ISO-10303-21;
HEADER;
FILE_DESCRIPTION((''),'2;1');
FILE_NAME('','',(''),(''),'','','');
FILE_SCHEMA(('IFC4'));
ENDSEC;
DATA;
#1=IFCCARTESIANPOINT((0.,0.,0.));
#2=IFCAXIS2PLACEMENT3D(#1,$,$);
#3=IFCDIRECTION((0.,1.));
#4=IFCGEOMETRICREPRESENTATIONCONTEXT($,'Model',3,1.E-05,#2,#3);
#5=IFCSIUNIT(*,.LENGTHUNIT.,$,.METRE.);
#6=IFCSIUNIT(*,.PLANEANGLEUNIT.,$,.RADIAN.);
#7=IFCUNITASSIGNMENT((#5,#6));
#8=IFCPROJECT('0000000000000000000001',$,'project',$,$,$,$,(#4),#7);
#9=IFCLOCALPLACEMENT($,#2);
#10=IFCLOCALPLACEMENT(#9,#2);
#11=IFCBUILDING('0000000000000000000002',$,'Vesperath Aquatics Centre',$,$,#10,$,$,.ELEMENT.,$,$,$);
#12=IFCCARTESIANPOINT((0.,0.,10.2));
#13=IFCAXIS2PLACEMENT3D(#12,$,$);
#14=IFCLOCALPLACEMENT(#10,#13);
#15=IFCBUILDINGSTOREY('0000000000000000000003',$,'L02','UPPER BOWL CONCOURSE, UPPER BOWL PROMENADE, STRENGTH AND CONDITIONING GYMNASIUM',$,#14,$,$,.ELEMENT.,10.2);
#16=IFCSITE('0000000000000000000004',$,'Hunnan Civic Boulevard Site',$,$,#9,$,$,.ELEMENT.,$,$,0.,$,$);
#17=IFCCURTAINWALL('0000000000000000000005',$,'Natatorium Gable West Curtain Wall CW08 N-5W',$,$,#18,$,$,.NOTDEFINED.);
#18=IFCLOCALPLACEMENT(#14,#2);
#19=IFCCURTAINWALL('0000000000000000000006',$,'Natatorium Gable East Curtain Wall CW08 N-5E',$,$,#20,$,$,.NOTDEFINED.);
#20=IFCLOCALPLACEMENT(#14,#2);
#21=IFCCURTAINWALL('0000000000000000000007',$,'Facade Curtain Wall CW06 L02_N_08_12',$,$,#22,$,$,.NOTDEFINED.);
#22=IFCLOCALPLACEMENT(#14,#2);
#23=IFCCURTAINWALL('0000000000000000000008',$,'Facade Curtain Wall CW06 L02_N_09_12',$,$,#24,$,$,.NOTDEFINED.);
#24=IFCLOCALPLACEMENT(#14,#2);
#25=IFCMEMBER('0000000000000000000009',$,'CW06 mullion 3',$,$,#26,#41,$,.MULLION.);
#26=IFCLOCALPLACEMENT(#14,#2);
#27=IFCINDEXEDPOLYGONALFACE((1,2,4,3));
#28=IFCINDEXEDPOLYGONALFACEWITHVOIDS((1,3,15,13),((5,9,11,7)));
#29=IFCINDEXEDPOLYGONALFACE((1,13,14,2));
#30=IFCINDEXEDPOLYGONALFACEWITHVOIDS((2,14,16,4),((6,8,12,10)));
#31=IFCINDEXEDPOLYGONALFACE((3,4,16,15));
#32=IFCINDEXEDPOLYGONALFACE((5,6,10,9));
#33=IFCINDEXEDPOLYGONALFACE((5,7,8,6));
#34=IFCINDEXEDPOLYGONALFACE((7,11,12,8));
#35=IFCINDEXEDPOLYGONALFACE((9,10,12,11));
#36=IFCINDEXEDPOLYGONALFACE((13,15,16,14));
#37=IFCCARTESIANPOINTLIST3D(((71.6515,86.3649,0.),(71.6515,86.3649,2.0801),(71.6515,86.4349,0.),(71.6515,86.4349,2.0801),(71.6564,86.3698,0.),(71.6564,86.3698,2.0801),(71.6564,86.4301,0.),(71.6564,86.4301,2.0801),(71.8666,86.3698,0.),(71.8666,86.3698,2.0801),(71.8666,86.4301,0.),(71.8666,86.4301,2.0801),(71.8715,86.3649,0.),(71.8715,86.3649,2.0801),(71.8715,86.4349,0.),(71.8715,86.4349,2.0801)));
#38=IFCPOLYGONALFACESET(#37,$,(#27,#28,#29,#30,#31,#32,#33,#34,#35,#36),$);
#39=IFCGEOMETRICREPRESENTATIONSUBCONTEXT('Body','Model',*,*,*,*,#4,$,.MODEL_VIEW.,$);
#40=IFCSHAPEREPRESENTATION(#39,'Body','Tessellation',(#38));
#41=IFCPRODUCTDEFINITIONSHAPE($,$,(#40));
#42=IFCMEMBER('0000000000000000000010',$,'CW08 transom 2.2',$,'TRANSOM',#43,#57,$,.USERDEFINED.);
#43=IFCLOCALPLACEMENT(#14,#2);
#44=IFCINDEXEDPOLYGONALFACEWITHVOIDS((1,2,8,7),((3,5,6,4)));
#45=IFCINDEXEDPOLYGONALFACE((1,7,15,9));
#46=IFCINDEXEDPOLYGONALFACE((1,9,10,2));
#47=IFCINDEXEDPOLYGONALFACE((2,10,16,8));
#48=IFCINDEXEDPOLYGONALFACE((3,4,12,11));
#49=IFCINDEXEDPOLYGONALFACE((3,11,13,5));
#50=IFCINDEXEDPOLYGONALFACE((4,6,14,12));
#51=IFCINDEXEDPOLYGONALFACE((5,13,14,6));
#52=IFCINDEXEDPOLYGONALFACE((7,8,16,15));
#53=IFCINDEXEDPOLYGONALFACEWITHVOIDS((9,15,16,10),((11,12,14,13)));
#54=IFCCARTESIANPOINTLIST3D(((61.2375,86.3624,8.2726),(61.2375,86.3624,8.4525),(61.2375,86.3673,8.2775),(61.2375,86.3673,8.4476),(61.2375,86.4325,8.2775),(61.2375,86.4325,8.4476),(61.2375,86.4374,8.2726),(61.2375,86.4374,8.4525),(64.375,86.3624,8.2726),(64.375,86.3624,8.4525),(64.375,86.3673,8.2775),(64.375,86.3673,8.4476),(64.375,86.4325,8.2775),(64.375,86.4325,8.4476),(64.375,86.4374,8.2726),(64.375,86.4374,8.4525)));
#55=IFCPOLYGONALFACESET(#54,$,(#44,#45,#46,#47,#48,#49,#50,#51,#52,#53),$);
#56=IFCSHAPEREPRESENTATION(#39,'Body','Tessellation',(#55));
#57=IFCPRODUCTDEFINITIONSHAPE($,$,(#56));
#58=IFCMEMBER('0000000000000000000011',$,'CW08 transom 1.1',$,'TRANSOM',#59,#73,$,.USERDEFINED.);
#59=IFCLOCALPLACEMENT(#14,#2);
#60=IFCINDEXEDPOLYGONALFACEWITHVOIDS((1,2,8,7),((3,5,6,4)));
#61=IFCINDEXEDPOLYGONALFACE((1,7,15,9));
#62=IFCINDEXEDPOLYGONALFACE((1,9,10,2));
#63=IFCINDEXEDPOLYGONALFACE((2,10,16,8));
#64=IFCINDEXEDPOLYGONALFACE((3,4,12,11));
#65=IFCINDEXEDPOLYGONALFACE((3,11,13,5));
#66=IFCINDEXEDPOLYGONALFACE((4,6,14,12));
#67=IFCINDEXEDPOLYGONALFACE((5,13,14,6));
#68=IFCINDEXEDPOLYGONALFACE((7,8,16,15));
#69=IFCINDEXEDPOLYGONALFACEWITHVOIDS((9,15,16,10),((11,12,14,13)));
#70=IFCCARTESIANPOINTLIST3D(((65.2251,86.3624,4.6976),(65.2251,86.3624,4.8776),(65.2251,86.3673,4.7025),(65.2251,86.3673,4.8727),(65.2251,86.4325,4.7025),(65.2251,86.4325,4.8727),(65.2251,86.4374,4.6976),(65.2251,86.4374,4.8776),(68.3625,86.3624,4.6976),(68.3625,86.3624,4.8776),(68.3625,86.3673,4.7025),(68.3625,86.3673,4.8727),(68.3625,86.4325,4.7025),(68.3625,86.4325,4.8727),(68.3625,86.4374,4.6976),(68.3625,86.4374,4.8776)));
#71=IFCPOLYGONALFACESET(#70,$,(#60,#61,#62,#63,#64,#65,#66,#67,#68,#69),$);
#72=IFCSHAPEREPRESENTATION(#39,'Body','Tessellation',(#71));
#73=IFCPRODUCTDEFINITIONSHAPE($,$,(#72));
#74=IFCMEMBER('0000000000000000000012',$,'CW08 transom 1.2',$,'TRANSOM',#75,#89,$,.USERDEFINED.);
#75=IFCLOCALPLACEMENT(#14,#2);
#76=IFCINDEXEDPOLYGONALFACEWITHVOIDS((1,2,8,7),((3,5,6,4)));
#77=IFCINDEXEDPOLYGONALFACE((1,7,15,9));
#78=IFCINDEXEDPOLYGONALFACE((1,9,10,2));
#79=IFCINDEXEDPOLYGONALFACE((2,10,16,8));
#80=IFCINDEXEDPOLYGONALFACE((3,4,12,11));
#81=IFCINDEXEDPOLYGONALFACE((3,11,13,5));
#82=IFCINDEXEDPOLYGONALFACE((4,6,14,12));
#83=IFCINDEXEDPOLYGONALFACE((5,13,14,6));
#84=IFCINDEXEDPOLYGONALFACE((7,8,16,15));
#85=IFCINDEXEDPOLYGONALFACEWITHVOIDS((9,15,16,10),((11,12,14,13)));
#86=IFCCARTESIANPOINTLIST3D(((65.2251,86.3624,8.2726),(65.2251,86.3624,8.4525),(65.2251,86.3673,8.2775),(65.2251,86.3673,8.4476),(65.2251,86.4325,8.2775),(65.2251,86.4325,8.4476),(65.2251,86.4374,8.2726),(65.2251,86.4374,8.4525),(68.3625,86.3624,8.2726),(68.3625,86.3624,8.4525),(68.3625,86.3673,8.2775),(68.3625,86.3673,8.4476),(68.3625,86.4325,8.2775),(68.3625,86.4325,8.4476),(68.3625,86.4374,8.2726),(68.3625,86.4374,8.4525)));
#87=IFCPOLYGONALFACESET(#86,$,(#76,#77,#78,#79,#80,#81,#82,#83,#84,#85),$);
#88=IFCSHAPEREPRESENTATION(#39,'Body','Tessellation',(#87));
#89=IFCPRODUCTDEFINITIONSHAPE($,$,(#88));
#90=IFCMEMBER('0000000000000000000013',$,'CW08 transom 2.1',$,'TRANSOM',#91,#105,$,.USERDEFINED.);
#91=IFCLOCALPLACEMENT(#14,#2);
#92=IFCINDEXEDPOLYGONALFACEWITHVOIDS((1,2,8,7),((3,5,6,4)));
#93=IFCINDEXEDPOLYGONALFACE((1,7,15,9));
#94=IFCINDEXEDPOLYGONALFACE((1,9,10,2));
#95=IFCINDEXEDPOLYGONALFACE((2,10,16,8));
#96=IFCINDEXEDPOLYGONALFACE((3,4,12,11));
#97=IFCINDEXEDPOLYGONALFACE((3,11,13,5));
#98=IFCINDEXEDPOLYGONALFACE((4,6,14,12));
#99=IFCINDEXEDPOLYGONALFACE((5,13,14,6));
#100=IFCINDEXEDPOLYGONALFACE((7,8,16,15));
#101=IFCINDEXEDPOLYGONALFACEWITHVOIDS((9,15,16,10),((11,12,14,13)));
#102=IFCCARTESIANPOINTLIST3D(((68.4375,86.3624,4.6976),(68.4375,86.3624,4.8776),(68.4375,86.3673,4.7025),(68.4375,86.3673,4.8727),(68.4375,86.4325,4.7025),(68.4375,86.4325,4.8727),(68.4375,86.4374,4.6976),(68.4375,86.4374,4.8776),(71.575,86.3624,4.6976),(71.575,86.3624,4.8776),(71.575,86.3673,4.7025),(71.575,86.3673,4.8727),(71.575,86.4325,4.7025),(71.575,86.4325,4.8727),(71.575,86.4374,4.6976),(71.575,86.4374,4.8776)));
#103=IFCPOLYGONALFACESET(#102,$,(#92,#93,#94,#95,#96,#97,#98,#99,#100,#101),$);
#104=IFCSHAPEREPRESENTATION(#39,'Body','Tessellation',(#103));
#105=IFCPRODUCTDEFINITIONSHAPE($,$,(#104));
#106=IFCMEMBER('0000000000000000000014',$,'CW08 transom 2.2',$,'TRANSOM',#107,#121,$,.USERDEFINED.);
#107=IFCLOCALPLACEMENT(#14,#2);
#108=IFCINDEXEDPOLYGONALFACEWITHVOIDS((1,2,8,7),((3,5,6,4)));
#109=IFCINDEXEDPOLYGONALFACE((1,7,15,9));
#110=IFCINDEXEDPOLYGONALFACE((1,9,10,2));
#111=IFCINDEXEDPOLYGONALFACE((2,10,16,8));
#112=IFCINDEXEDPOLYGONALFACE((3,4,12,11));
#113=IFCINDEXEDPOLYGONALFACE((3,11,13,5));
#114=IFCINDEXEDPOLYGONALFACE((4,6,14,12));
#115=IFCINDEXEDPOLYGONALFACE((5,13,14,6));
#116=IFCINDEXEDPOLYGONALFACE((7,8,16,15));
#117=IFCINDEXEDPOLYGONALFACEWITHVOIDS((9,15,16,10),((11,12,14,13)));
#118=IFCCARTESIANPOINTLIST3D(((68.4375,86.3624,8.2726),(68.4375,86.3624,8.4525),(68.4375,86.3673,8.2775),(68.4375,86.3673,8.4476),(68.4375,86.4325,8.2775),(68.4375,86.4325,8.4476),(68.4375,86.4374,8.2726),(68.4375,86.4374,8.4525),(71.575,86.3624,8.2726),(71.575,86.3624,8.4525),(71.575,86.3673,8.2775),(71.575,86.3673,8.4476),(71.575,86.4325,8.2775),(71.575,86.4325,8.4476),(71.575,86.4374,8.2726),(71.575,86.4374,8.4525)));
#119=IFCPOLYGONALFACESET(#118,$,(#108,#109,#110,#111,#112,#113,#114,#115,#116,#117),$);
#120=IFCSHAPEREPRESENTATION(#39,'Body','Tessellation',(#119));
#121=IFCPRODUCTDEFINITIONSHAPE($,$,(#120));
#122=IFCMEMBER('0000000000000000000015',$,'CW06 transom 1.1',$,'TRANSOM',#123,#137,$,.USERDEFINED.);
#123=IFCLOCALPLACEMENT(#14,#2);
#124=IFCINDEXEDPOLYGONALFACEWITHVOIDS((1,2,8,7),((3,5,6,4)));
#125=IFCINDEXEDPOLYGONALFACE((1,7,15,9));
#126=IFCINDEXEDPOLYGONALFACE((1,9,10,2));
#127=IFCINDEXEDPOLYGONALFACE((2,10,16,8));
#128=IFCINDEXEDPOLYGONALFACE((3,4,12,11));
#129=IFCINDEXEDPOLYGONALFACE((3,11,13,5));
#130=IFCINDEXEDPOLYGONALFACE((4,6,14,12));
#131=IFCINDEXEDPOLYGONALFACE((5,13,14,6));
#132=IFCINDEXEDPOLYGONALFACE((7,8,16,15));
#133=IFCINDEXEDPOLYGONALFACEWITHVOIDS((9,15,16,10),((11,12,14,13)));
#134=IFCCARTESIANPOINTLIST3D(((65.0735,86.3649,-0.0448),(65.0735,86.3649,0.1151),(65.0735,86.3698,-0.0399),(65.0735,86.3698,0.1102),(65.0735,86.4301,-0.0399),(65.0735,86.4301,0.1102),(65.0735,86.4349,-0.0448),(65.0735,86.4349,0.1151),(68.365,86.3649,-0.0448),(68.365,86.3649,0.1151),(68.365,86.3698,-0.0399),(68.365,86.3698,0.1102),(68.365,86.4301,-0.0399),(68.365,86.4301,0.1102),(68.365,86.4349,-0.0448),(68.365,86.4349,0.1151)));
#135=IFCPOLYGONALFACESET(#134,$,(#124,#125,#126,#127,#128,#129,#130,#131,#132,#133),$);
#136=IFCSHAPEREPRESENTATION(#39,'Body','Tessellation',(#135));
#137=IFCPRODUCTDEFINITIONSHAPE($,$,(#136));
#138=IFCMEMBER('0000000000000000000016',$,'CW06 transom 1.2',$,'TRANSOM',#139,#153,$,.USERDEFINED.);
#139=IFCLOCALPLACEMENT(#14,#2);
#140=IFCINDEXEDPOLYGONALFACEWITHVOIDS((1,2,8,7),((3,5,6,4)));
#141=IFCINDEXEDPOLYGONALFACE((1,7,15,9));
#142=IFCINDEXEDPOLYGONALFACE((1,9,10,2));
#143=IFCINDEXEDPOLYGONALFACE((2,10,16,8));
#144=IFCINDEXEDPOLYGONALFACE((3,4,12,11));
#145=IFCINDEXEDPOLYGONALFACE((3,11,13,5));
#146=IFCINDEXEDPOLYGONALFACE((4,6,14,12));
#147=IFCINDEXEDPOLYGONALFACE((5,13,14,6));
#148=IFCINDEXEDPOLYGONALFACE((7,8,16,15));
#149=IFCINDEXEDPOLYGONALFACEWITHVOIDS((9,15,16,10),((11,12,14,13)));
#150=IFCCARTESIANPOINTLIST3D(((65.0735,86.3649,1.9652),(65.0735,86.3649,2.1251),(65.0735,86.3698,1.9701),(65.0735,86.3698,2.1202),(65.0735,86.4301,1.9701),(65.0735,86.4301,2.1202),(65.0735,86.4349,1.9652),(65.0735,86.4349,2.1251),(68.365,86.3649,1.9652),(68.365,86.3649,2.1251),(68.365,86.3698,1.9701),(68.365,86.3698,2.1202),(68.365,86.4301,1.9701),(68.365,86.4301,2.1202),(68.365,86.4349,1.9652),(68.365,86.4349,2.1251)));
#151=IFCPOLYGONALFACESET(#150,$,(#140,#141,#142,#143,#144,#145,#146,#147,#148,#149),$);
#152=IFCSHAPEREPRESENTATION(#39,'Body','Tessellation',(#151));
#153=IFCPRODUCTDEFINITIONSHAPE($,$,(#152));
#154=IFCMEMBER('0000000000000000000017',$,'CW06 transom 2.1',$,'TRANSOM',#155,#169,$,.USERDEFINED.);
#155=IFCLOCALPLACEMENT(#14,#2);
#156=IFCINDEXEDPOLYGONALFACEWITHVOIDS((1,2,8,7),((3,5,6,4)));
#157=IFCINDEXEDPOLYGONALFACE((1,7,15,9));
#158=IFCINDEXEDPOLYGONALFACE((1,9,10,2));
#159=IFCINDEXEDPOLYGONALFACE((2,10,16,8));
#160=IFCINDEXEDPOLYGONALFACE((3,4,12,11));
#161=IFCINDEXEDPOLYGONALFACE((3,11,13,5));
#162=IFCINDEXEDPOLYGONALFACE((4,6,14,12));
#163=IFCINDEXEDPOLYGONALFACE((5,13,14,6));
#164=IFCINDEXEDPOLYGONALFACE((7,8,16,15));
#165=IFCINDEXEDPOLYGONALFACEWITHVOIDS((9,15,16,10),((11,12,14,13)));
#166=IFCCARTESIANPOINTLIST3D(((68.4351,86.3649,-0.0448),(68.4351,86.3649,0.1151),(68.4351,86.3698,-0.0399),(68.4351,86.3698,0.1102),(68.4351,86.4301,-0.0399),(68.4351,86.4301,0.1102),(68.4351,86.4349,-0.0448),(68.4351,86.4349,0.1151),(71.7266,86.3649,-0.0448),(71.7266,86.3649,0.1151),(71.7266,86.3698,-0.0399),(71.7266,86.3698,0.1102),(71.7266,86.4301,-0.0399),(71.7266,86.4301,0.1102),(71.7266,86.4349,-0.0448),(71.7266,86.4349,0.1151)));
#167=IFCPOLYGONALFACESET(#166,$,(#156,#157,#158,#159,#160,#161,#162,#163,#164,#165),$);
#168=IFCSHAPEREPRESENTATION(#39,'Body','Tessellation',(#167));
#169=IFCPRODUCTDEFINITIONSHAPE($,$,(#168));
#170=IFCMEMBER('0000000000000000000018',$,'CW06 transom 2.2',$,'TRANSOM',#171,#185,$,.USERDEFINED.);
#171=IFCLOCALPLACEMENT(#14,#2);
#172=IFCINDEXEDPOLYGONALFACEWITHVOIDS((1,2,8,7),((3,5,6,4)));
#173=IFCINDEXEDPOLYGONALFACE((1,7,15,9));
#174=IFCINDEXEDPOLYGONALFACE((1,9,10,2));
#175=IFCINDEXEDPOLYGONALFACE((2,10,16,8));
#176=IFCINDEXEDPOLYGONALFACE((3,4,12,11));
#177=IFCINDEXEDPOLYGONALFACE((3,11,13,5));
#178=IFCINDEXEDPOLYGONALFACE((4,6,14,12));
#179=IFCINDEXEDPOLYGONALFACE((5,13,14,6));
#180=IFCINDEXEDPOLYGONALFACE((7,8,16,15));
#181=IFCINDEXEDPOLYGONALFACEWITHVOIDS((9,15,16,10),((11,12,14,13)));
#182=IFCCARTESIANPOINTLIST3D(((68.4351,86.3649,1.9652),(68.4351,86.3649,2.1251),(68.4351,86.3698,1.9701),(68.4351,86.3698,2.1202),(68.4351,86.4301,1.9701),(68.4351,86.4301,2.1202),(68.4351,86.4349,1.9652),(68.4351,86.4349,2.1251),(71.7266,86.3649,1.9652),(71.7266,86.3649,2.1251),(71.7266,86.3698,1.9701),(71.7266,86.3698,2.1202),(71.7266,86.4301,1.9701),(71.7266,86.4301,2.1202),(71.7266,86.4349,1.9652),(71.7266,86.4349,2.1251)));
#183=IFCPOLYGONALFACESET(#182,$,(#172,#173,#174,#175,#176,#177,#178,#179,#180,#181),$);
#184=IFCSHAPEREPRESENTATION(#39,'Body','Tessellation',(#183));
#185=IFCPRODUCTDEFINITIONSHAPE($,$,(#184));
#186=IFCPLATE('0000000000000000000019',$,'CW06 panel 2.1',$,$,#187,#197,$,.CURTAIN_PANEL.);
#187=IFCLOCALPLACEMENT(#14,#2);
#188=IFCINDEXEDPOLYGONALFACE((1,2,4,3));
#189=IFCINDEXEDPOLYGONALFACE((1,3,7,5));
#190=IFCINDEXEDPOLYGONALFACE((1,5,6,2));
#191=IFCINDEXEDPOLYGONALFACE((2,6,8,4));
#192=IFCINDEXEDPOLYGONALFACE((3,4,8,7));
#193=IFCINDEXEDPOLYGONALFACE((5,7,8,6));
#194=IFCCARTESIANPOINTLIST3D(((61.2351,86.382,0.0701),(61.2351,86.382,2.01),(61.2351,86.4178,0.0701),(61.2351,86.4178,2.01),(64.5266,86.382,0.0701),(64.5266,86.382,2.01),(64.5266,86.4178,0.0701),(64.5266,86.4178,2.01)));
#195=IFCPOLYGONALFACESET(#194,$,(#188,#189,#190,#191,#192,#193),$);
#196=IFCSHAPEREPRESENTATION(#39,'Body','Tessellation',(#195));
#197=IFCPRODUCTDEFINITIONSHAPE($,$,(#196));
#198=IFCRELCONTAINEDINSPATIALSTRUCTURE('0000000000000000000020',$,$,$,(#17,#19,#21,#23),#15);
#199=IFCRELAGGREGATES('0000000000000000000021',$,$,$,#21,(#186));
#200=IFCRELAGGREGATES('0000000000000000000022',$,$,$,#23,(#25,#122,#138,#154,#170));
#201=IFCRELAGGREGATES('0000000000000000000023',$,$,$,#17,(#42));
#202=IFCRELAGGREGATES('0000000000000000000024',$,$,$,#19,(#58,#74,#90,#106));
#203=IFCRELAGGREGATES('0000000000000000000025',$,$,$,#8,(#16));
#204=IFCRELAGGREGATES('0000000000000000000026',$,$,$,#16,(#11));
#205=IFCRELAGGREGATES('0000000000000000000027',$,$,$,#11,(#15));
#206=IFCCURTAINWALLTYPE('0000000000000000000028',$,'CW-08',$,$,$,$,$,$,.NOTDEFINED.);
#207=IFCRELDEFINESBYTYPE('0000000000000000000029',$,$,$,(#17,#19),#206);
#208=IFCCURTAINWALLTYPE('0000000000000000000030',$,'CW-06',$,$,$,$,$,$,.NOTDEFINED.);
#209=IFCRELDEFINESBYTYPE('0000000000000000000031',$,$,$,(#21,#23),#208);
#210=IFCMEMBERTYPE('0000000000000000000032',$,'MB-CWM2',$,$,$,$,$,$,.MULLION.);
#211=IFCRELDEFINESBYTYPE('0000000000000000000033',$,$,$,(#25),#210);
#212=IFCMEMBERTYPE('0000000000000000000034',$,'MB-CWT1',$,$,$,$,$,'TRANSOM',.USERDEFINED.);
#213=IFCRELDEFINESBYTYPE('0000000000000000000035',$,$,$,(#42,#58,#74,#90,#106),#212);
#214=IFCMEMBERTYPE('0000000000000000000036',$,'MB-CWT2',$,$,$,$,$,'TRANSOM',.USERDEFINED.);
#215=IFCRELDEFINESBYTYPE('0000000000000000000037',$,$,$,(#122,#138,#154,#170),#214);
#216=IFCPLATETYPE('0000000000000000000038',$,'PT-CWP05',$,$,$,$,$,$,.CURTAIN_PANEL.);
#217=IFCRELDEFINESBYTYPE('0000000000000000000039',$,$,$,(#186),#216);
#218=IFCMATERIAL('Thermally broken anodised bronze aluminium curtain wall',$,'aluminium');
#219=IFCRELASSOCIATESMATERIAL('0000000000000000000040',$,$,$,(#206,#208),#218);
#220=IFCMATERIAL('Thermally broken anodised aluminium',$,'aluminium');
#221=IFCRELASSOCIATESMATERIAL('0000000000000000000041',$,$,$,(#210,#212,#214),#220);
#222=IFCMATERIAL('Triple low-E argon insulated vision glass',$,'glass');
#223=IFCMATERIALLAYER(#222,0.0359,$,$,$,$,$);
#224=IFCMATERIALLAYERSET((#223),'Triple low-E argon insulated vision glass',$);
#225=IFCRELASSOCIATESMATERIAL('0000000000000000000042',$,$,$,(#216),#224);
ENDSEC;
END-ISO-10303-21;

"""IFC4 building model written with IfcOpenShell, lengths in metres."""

from ifc_helpers import new_model, si_unit, direction, frame, origin, origin_2d, place, context, subcontext, project, spatial, rectangle, hollow_rectangle, extrude, material, layer, layer_set, material_profile, profile_set, type_object, element, aggregate, save


model = new_model("IFC4")

# Units and contexts
model_context = context("Model", 3, precision=1e-05, world=origin(), true_north=direction((0.0, 1.0)))
body_context = subcontext(model_context, "Body", "Model", "MODEL_VIEW")
ifc_project = project(units=[si_unit("LENGTHUNIT", "METRE"), si_unit("PLANEANGLEUNIT", "RADIAN")], contexts=[model_context])

# Site, building, storey
site_placement = place(None, origin())
site = spatial("IfcSite", under=ifc_project, at=site_placement, Name="Hunnan Civic Boulevard Site", CompositionType="ELEMENT", RefElevation=0.0)
building_placement = place(site_placement, origin())
building = spatial("IfcBuilding", under=site, at=building_placement, Name="Vesperath Aquatics Centre", CompositionType="ELEMENT")
storey_placement = place(building_placement, frame((0.0, 0.0, 10.2)))
storey = spatial("IfcBuildingStorey", under=building, at=storey_placement, Name="L02", Description="UPPER BOWL CONCOURSE, UPPER BOWL PROMENADE, STRENGTH AND CONDITIONING GYMNASIUM", CompositionType="ELEMENT", Elevation=10.2)

# Curtain wall
ifc_material_1 = material(Name="Thermally broken anodised bronze aluminium curtain wall", Category="aluminium")
curtain_wall_type_1 = type_object("IfcCurtainWallType", Name="CW-08", PredefinedType="NOTDEFINED", material=ifc_material_1)
curtain_wall_1_placement = place(storey_placement, origin())
curtain_wall_1 = element("IfcCurtainWall", 1, at=curtain_wall_1_placement, inside=storey, type_object=curtain_wall_type_1, Name="Natatorium Gable West Curtain Wall CW08 N-5W", PredefinedType="NOTDEFINED")
ifc_material_2 = material(Name="Thermally broken anodised aluminium", Category="aluminium")

# Curtain wall
curtain_wall_2_placement = place(storey_placement, origin())
curtain_wall_2 = element("IfcCurtainWall", 2, at=curtain_wall_2_placement, inside=storey, type_object=curtain_wall_type_1, Name="Natatorium Gable East Curtain Wall CW08 N-5E", PredefinedType="NOTDEFINED")

# Curtain wall
curtain_wall_type_2 = type_object("IfcCurtainWallType", Name="CW-06", PredefinedType="NOTDEFINED", material=ifc_material_1)
curtain_wall_3_placement = place(storey_placement, origin())
curtain_wall_3 = element("IfcCurtainWall", 3, at=curtain_wall_3_placement, inside=storey, type_object=curtain_wall_type_2, Name="Facade Curtain Wall CW06 L02_N_08_12", PredefinedType="NOTDEFINED")
ifc_material_profile_1 = material_profile(ifc_material_2, hollow_rectangle(XDim=0.0701, YDim=0.22, WallThickness=0.0049, at=origin_2d()), Name="CWM 70x220x5")
ifc_profile_set_1 = profile_set([ifc_material_profile_1], Name="Thermally broken anodised aluminium")
member_type_1 = type_object("IfcMemberType", Name="MB-CWM2", PredefinedType="MULLION", material=ifc_profile_set_1)

# Curtain wall, member
curtain_wall_4_placement = place(storey_placement, origin())
curtain_wall_4 = element("IfcCurtainWall", 4, at=curtain_wall_4_placement, inside=storey, type_object=curtain_wall_type_2, Name="Facade Curtain Wall CW06 L02_N_09_12", PredefinedType="NOTDEFINED")
member_1_placement = place(storey_placement, frame((71.7615, 86.3999, 0.0), z_axis=(0.0, 0.0, 1.0), x_axis=(0.0, 1.0, 0.0)))
member_1 = element("IfcMember", 5, at=member_1_placement, type_object=member_type_1, Name="CW06 mullion 3", PredefinedType="MULLION", context=body_context, shape_type="SweptSolid", body=[
    extrude(hollow_rectangle(XDim=0.0701, YDim=0.22, WallThickness=0.0049, at=origin_2d()), origin(), (0.0, 0.0, 1.0), 2.0801),
])

# Members
ifc_material_profile_2 = material_profile(ifc_material_2, hollow_rectangle(XDim=0.075, YDim=0.1799, WallThickness=0.0049, at=origin_2d()), Name="CWT 75x180x5")
ifc_profile_set_2 = profile_set([ifc_material_profile_2], Name="Thermally broken anodised aluminium")
member_type_2 = type_object("IfcMemberType", Name="MB-CWT1", ElementType="TRANSOM", PredefinedType="USERDEFINED", material=ifc_profile_set_2)
member_2_placement = place(storey_placement, frame((61.2375, 86.3999, 8.3625), z_axis=(1.0, 0.0, 0.0), x_axis=(0.0, 1.0, 0.0)))
member_2 = element("IfcMember", 6, at=member_2_placement, type_object=member_type_2, Name="CW08 transom 2.2", ObjectType="TRANSOM", PredefinedType="USERDEFINED", context=body_context, shape_type="SweptSolid", body=[
    extrude(hollow_rectangle(XDim=0.075, YDim=0.1799, WallThickness=0.0049, at=origin_2d()), origin(), (0.0, 0.0, 1.0), 3.1375),
])
member_3_placement = place(storey_placement, frame((65.2251, 86.3999, 4.7876), z_axis=(1.0, 0.0, 0.0), x_axis=(0.0, 1.0, 0.0)))
member_3 = element("IfcMember", 7, at=member_3_placement, type_object=member_type_2, Name="CW08 transom 1.1", ObjectType="TRANSOM", PredefinedType="USERDEFINED", context=body_context, shape_type="SweptSolid", body=[
    extrude(hollow_rectangle(XDim=0.075, YDim=0.1799, WallThickness=0.0049, at=origin_2d()), origin(), (0.0, 0.0, 1.0), 3.1375),
])
member_4_placement = place(storey_placement, frame((65.2251, 86.3999, 8.3625), z_axis=(1.0, 0.0, 0.0), x_axis=(0.0, 1.0, 0.0)))
member_4 = element("IfcMember", 8, at=member_4_placement, type_object=member_type_2, Name="CW08 transom 1.2", ObjectType="TRANSOM", PredefinedType="USERDEFINED", context=body_context, shape_type="SweptSolid", body=[
    extrude(hollow_rectangle(XDim=0.075, YDim=0.1799, WallThickness=0.0049, at=origin_2d()), origin(), (0.0, 0.0, 1.0), 3.1375),
])
member_5_placement = place(storey_placement, frame((68.4375, 86.3999, 4.7876), z_axis=(1.0, 0.0, 0.0), x_axis=(0.0, 1.0, 0.0)))
member_5 = element("IfcMember", 9, at=member_5_placement, type_object=member_type_2, Name="CW08 transom 2.1", ObjectType="TRANSOM", PredefinedType="USERDEFINED", context=body_context, shape_type="SweptSolid", body=[
    extrude(hollow_rectangle(XDim=0.075, YDim=0.1799, WallThickness=0.0049, at=origin_2d()), origin(), (0.0, 0.0, 1.0), 3.1375),
])
member_6_placement = place(storey_placement, frame((68.4375, 86.3999, 8.3625), z_axis=(1.0, 0.0, 0.0), x_axis=(0.0, 1.0, 0.0)))
member_6 = element("IfcMember", 10, at=member_6_placement, type_object=member_type_2, Name="CW08 transom 2.2", ObjectType="TRANSOM", PredefinedType="USERDEFINED", context=body_context, shape_type="SweptSolid", body=[
    extrude(hollow_rectangle(XDim=0.075, YDim=0.1799, WallThickness=0.0049, at=origin_2d()), origin(), (0.0, 0.0, 1.0), 3.1375),
])
ifc_material_profile_3 = material_profile(ifc_material_2, hollow_rectangle(XDim=0.0701, YDim=0.1599, WallThickness=0.0049, at=origin_2d()), Name="CWT 70x160x5")
ifc_profile_set_3 = profile_set([ifc_material_profile_3], Name="Thermally broken anodised aluminium")
member_type_3 = type_object("IfcMemberType", Name="MB-CWT2", ElementType="TRANSOM", PredefinedType="USERDEFINED", material=ifc_profile_set_3)
member_7_placement = place(storey_placement, frame((65.0735, 86.3999, 0.0352), z_axis=(1.0, 0.0, 0.0), x_axis=(0.0, 1.0, 0.0)))
member_7 = element("IfcMember", 11, at=member_7_placement, type_object=member_type_3, Name="CW06 transom 1.1", ObjectType="TRANSOM", PredefinedType="USERDEFINED", context=body_context, shape_type="SweptSolid", body=[
    extrude(hollow_rectangle(XDim=0.0701, YDim=0.1599, WallThickness=0.0049, at=origin_2d()), origin(), (0.0, 0.0, 1.0), 3.2915),
])
member_8_placement = place(storey_placement, frame((65.0735, 86.3999, 2.0452), z_axis=(1.0, 0.0, 0.0), x_axis=(0.0, 1.0, 0.0)))
member_8 = element("IfcMember", 12, at=member_8_placement, type_object=member_type_3, Name="CW06 transom 1.2", ObjectType="TRANSOM", PredefinedType="USERDEFINED", context=body_context, shape_type="SweptSolid", body=[
    extrude(hollow_rectangle(XDim=0.0701, YDim=0.1599, WallThickness=0.0049, at=origin_2d()), origin(), (0.0, 0.0, 1.0), 3.2915),
])
member_9_placement = place(storey_placement, frame((68.4351, 86.3999, 0.0352), z_axis=(1.0, 0.0, 0.0), x_axis=(0.0, 1.0, 0.0)))
member_9 = element("IfcMember", 13, at=member_9_placement, type_object=member_type_3, Name="CW06 transom 2.1", ObjectType="TRANSOM", PredefinedType="USERDEFINED", context=body_context, shape_type="SweptSolid", body=[
    extrude(hollow_rectangle(XDim=0.0701, YDim=0.1599, WallThickness=0.0049, at=origin_2d()), origin(), (0.0, 0.0, 1.0), 3.2915),
])
member_10_placement = place(storey_placement, frame((68.4351, 86.3999, 2.0452), z_axis=(1.0, 0.0, 0.0), x_axis=(0.0, 1.0, 0.0)))
member_10 = element("IfcMember", 14, at=member_10_placement, type_object=member_type_3, Name="CW06 transom 2.2", ObjectType="TRANSOM", PredefinedType="USERDEFINED", context=body_context, shape_type="SweptSolid", body=[
    extrude(hollow_rectangle(XDim=0.0701, YDim=0.1599, WallThickness=0.0049, at=origin_2d()), origin(), (0.0, 0.0, 1.0), 3.2915),
])

# Plate
ifc_material_3 = material(Name="Triple low-E argon insulated vision glass", Category="glass")
ifc_layer_1 = layer(ifc_material_3, 0.0359)
ifc_layer_set_1 = layer_set([ifc_layer_1], Name="Triple low-E argon insulated vision glass")
plate_type_1 = type_object("IfcPlateType", Name="PT-CWP05", PredefinedType="CURTAIN_PANEL", material=ifc_layer_set_1)
plate_1_placement = place(storey_placement, frame((62.8809, 86.3999, 0.0701), z_axis=(0.0, 0.0, 1.0), x_axis=(1.0, 0.0, 0.0)))
plate_1 = element("IfcPlate", 15, at=plate_1_placement, type_object=plate_type_1, Name="CW06 panel 2.1", PredefinedType="CURTAIN_PANEL", context=body_context, shape_type="SweptSolid", body=[
    extrude(rectangle(XDim=3.2915, YDim=0.0359, at=origin_2d()), origin(), (0.0, 0.0, 1.0), 1.9399),
])
aggregate(curtain_wall_3, [plate_1])
aggregate(curtain_wall_4, [member_1, member_7, member_8, member_9, member_10])
aggregate(curtain_wall_1, [member_2])
aggregate(curtain_wall_2, [member_3, member_4, member_5, member_6])

save(model, "model.ifc")
